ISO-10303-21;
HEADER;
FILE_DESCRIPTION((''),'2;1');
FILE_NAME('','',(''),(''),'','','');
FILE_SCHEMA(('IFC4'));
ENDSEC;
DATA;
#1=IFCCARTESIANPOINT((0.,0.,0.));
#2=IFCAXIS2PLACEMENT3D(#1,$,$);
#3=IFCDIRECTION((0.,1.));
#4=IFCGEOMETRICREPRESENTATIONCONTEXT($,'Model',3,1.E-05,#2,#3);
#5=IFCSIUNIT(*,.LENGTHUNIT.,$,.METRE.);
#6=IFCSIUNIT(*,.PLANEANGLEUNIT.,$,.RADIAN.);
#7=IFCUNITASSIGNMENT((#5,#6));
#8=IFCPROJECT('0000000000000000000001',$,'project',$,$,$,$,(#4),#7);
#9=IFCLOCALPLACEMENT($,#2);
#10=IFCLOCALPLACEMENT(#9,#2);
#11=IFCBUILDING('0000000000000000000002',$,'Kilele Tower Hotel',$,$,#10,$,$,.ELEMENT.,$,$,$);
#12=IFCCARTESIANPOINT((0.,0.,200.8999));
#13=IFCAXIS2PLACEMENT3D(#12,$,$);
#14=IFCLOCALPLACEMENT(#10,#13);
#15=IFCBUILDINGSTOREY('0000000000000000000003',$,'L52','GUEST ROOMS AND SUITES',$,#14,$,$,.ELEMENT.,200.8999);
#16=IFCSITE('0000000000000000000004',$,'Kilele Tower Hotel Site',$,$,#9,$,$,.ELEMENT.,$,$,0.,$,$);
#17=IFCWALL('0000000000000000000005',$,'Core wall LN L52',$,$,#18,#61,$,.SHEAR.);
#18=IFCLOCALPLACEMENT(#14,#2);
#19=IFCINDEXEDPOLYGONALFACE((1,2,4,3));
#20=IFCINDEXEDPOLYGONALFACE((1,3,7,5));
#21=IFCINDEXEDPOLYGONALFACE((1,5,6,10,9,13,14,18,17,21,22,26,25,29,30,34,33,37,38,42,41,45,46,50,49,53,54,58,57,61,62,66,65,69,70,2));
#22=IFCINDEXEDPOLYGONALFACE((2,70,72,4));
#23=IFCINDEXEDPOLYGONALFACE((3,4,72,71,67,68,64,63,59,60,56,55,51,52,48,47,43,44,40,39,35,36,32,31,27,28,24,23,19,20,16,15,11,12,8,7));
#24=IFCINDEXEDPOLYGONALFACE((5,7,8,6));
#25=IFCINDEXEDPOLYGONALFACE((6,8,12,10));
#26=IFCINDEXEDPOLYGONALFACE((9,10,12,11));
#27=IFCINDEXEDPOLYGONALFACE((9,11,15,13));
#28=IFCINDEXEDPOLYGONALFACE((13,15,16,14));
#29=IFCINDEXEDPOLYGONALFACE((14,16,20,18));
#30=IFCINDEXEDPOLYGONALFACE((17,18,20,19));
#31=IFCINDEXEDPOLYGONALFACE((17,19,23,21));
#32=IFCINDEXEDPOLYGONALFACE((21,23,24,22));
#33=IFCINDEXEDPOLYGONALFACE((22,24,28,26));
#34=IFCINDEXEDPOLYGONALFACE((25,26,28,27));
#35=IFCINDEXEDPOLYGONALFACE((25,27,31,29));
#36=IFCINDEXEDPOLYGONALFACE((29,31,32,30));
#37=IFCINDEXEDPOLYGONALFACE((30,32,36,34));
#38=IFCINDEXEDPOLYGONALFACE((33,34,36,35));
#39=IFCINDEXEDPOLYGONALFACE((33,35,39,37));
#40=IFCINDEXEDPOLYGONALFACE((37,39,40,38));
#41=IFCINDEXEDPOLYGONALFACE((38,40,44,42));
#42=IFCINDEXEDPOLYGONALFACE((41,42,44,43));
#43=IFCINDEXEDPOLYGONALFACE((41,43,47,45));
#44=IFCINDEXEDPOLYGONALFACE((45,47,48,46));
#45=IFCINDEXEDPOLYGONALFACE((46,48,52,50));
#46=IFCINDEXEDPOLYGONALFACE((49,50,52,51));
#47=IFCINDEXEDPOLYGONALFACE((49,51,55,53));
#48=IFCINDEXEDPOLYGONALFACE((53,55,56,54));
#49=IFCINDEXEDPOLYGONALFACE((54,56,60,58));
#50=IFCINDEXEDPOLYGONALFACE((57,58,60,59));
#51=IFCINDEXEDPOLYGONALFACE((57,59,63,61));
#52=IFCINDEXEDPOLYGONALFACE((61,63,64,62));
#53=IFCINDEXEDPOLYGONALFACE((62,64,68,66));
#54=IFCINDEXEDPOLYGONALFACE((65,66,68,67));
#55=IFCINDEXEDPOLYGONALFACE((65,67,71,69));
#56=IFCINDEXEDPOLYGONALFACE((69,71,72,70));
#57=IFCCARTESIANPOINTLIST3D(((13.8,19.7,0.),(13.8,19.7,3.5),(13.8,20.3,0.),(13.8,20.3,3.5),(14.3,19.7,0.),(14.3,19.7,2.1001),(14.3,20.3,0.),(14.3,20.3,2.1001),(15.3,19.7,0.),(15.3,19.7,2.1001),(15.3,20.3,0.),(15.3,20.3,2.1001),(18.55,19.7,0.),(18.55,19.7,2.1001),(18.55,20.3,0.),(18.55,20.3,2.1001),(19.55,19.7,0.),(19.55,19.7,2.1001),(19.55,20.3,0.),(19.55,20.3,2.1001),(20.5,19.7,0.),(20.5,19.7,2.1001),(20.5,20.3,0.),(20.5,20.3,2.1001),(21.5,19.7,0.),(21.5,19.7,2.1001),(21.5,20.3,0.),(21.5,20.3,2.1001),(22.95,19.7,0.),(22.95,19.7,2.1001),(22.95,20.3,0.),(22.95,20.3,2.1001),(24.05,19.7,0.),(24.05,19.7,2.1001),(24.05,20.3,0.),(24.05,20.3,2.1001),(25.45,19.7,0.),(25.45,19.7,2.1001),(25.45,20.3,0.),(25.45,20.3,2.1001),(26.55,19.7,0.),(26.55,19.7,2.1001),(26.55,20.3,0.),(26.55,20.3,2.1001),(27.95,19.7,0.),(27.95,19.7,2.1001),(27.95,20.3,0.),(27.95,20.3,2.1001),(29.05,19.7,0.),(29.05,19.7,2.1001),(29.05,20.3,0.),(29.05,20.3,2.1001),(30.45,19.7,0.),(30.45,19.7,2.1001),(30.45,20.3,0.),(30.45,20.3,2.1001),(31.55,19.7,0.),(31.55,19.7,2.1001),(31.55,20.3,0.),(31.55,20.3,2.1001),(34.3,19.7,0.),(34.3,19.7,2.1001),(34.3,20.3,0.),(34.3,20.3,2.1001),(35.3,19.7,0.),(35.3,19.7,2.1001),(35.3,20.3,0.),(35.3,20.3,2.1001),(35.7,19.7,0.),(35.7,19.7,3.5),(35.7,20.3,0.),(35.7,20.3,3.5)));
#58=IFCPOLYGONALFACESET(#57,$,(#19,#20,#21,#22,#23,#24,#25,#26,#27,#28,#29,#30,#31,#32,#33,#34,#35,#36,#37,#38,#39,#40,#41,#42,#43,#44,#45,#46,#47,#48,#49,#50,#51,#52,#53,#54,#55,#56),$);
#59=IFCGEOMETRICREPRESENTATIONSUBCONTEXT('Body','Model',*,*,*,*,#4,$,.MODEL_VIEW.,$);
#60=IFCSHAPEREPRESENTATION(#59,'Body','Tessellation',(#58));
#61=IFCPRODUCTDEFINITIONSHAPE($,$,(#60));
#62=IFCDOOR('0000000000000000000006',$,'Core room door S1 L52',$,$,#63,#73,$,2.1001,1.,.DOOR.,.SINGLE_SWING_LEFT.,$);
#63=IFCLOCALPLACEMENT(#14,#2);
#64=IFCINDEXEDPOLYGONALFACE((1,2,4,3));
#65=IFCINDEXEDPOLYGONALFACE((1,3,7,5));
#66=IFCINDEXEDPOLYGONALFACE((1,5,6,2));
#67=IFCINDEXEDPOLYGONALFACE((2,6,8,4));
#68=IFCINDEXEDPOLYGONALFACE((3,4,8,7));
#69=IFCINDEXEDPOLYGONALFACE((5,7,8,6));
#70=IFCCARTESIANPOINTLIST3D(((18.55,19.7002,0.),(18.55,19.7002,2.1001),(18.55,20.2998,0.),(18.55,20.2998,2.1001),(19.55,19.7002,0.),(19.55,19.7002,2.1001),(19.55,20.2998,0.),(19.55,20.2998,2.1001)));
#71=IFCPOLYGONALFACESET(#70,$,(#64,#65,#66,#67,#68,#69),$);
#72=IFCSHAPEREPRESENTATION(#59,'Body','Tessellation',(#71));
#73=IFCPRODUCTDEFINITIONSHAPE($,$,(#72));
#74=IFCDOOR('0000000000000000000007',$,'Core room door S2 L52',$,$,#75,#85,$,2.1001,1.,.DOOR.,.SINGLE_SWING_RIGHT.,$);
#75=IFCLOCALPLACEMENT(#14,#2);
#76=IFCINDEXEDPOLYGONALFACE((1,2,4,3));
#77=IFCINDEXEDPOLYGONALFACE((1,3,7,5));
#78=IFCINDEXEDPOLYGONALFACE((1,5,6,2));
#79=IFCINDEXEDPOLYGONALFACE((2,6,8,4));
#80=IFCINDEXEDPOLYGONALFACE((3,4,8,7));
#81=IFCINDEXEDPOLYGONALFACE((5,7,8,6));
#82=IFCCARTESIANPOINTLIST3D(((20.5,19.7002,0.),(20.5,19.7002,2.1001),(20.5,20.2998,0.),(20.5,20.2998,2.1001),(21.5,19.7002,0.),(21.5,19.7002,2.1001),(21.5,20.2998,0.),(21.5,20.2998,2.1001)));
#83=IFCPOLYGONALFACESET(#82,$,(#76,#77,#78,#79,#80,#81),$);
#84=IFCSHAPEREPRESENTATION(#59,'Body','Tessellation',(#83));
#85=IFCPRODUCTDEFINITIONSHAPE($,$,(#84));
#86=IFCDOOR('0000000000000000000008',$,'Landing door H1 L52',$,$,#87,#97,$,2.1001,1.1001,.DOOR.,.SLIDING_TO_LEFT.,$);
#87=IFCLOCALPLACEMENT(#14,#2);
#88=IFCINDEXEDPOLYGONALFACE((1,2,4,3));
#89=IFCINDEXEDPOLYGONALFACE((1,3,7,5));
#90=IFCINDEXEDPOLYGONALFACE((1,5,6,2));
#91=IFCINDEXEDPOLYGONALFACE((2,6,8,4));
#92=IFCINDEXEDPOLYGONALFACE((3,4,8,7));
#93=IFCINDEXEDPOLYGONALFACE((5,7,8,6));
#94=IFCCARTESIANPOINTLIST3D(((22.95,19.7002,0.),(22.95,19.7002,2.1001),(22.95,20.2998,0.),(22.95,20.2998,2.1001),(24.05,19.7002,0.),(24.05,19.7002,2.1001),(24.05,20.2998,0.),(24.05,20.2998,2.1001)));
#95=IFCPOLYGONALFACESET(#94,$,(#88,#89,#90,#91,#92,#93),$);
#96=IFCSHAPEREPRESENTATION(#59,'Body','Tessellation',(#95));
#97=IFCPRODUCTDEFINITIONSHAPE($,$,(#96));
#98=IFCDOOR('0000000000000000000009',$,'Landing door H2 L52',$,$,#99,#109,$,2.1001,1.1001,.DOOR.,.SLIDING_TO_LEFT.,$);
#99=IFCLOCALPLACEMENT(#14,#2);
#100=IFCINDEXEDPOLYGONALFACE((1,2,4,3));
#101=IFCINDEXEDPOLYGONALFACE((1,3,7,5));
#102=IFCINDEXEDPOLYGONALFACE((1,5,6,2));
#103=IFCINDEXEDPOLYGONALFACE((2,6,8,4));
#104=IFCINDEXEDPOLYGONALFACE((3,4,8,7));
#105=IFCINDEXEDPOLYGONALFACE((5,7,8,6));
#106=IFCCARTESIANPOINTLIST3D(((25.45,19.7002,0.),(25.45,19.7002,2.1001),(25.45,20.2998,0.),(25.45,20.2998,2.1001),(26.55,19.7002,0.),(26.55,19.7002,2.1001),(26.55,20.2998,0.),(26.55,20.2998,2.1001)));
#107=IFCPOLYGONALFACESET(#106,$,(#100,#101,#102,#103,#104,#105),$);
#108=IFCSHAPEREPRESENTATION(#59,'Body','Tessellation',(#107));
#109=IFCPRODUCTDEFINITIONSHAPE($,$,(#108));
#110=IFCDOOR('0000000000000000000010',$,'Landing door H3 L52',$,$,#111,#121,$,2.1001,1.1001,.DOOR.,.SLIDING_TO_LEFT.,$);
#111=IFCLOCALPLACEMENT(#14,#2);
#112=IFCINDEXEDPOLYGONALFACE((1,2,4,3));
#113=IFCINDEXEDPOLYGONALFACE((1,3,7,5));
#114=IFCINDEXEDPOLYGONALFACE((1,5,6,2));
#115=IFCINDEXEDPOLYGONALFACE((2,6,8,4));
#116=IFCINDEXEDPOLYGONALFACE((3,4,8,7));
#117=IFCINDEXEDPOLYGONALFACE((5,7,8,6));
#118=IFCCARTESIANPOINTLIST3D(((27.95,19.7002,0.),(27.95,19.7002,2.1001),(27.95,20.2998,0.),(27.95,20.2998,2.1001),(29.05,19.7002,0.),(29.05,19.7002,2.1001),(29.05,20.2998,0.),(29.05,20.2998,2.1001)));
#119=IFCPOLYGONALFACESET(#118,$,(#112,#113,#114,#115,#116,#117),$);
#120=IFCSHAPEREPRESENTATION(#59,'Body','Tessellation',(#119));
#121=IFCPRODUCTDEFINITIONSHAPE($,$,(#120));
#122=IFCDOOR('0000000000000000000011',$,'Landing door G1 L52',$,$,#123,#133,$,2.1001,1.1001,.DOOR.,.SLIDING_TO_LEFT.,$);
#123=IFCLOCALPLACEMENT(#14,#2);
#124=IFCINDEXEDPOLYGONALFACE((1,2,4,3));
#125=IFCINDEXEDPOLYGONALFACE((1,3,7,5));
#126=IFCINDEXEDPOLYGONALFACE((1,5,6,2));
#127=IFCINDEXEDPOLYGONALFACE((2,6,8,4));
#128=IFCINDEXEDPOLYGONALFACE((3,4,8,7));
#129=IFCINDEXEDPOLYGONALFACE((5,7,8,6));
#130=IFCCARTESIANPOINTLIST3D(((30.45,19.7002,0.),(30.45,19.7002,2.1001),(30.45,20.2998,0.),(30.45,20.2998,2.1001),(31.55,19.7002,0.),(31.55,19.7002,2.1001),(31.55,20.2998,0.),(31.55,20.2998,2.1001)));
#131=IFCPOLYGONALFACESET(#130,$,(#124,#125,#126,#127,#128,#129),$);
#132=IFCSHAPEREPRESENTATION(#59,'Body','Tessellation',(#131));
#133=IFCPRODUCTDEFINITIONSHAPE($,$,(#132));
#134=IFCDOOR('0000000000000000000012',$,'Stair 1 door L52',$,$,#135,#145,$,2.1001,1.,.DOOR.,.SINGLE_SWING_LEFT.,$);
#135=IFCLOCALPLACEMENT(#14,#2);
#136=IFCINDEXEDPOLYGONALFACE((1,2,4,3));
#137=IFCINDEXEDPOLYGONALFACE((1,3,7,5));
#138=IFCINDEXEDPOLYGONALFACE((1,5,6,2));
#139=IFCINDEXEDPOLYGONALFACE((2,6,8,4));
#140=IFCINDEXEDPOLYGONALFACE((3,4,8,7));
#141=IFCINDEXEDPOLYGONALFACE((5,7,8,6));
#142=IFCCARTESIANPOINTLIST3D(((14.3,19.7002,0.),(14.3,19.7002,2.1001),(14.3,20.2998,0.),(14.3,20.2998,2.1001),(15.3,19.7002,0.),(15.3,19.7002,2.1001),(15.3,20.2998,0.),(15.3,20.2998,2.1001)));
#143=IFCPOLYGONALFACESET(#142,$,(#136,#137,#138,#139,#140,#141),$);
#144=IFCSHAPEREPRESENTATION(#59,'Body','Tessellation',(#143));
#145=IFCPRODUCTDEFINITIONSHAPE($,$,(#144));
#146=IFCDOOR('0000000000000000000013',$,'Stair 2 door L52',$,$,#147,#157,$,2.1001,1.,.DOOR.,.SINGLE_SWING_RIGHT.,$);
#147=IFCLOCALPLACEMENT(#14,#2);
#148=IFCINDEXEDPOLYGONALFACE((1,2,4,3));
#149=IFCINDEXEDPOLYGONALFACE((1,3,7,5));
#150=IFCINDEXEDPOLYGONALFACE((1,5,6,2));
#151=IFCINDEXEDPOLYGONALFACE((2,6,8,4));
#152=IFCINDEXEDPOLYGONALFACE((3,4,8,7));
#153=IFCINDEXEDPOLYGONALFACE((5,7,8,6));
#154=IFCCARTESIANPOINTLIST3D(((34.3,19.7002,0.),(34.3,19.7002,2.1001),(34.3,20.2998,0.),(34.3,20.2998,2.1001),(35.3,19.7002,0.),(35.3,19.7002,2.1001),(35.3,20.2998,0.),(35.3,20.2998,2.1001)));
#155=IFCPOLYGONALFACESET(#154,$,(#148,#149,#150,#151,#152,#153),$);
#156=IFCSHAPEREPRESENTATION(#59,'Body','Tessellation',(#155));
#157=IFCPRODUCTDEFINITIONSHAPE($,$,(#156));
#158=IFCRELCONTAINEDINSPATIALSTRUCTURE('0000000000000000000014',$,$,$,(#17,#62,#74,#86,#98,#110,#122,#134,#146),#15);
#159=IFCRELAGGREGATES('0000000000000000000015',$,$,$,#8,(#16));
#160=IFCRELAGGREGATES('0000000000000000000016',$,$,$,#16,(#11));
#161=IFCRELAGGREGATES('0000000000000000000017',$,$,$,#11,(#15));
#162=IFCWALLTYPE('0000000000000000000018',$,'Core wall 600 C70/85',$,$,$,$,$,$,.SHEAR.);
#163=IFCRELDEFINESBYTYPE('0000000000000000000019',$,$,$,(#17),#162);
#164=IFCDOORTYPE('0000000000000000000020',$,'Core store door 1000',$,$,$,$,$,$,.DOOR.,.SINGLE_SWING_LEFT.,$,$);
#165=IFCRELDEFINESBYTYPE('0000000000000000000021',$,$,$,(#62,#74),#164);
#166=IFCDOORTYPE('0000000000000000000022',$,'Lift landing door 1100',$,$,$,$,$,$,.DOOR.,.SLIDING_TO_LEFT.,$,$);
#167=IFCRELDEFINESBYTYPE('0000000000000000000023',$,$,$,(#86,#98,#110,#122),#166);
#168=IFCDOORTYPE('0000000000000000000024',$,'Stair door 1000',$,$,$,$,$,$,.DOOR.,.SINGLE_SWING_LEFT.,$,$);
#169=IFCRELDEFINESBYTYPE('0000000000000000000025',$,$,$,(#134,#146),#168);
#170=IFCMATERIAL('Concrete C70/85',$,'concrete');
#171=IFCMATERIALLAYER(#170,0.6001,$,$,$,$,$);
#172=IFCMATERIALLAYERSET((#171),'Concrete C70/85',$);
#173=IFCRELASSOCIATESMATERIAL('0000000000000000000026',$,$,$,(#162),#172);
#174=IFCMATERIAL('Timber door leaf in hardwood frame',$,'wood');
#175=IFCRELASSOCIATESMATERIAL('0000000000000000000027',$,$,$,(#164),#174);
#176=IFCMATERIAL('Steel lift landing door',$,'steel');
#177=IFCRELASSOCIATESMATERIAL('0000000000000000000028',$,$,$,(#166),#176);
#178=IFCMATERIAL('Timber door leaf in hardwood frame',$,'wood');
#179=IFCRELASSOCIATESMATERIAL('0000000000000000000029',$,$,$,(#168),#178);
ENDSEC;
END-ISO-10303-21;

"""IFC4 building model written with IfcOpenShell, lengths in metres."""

from ifc_helpers import new_model, si_unit, direction, frame, frame_2d, origin, place, context, subcontext, project, spatial, rectangle, extrude, material, layer, layer_set, type_object, element, fill, save


model = new_model("IFC4")

# Units and contexts
model_context = context("Model", 3, precision=1e-05, world=origin(), true_north=direction((0.0, 1.0)))
body_context = subcontext(model_context, "Body", "Model", "MODEL_VIEW")
ifc_project = project(units=[si_unit("LENGTHUNIT", "METRE"), si_unit("PLANEANGLEUNIT", "RADIAN")], contexts=[model_context])

# Site, building, storey
site_placement = place(None, origin())
site = spatial("IfcSite", under=ifc_project, at=site_placement, Name="Kilele Tower Hotel Site", CompositionType="ELEMENT", RefElevation=0.0)
building_placement = place(site_placement, origin())
building = spatial("IfcBuilding", under=site, at=building_placement, Name="Kilele Tower Hotel", CompositionType="ELEMENT")
storey_placement = place(building_placement, frame((0.0, 0.0, 200.8999)))
storey = spatial("IfcBuildingStorey", under=building, at=storey_placement, Name="L52", Description="GUEST ROOMS AND SUITES", CompositionType="ELEMENT", Elevation=200.8999)

# Wall, openings, doors
ifc_material_1 = material(Name="Concrete C70/85", Category="concrete")
ifc_layer_1 = layer(ifc_material_1, 0.6001)
ifc_layer_set_1 = layer_set([ifc_layer_1], Name="Concrete C70/85")
wall_type_1 = type_object("IfcWallType", Name="Core wall 600 C70/85", PredefinedType="SHEAR", material=ifc_layer_set_1)
wall_1_placement = place(storey_placement, frame((13.8, 20.0, 0.0), z_axis=(0.0, 0.0, 1.0), x_axis=(1.0, 0.0, 0.0)))
wall_1 = element("IfcWall", 1, at=wall_1_placement, inside=storey, type_object=wall_type_1, Name="Core wall LN L52", PredefinedType="SHEAR", context=body_context, shape_type="SweptSolid", body=[
    extrude(rectangle(XDim=21.8999, YDim=0.6001, at=frame_2d((10.95, 0.0))), origin(), (0.0, 0.0, 1.0), 3.5),
])
opening_1_placement = place(wall_1_placement, frame((0.5, 0.0, 0.0)))
opening_1 = element("IfcOpeningElement", 2, at=opening_1_placement, cuts=wall_1, PredefinedType="OPENING", context=body_context, shape_type="SweptSolid", body=[
    extrude(rectangle(XDim=1.0, YDim=2.1001, at=frame_2d((0.5, 1.05))), frame((0.0, 0.3101, 0.0), z_axis=(0.0, -1.0, 0.0), x_axis=(1.0, 0.0, 0.0)), (0.0, 0.0, 1.0), 0.6201),
])
opening_2_placement = place(wall_1_placement, frame((20.5, 0.0, 0.0)))
opening_2 = element("IfcOpeningElement", 3, at=opening_2_placement, cuts=wall_1, PredefinedType="OPENING", context=body_context, shape_type="SweptSolid", body=[
    extrude(rectangle(XDim=1.0, YDim=2.1001, at=frame_2d((0.5, 1.05))), frame((0.0, 0.3101, 0.0), z_axis=(0.0, -1.0, 0.0), x_axis=(1.0, 0.0, 0.0)), (0.0, 0.0, 1.0), 0.6201),
])
opening_3_placement = place(wall_1_placement, frame((9.1499, 0.0, 0.0)))
opening_3 = element("IfcOpeningElement", 4, at=opening_3_placement, cuts=wall_1, PredefinedType="OPENING", context=body_context, shape_type="SweptSolid", body=[
    extrude(rectangle(XDim=1.1001, YDim=2.1001, at=frame_2d((0.55, 1.05))), frame((0.0, 0.3101, 0.0), z_axis=(0.0, -1.0, 0.0), x_axis=(1.0, 0.0, 0.0)), (0.0, 0.0, 1.0), 0.6201),
])
opening_4_placement = place(wall_1_placement, frame((11.6499, 0.0, 0.0)))
opening_4 = element("IfcOpeningElement", 5, at=opening_4_placement, cuts=wall_1, PredefinedType="OPENING", context=body_context, shape_type="SweptSolid", body=[
    extrude(rectangle(XDim=1.1001, YDim=2.1001, at=frame_2d((0.55, 1.05))), frame((0.0, 0.3101, 0.0), z_axis=(0.0, -1.0, 0.0), x_axis=(1.0, 0.0, 0.0)), (0.0, 0.0, 1.0), 0.6201),
])
opening_5_placement = place(wall_1_placement, frame((14.1499, 0.0, 0.0)))
opening_5 = element("IfcOpeningElement", 6, at=opening_5_placement, cuts=wall_1, PredefinedType="OPENING", context=body_context, shape_type="SweptSolid", body=[
    extrude(rectangle(XDim=1.1001, YDim=2.1001, at=frame_2d((0.55, 1.05))), frame((0.0, 0.3101, 0.0), z_axis=(0.0, -1.0, 0.0), x_axis=(1.0, 0.0, 0.0)), (0.0, 0.0, 1.0), 0.6201),
])
opening_6_placement = place(wall_1_placement, frame((16.6499, 0.0, 0.0)))
opening_6 = element("IfcOpeningElement", 7, at=opening_6_placement, cuts=wall_1, PredefinedType="OPENING", context=body_context, shape_type="SweptSolid", body=[
    extrude(rectangle(XDim=1.1001, YDim=2.1001, at=frame_2d((0.55, 1.05))), frame((0.0, 0.3101, 0.0), z_axis=(0.0, -1.0, 0.0), x_axis=(1.0, 0.0, 0.0)), (0.0, 0.0, 1.0), 0.6201),
])
opening_7_placement = place(wall_1_placement, frame((4.75, 0.0, 0.0)))
opening_7 = element("IfcOpeningElement", 8, at=opening_7_placement, cuts=wall_1, PredefinedType="OPENING", context=body_context, shape_type="SweptSolid", body=[
    extrude(rectangle(XDim=1.0, YDim=2.1001, at=frame_2d((0.5, 1.05))), frame((0.0, 0.3101, 0.0), z_axis=(0.0, -1.0, 0.0), x_axis=(1.0, 0.0, 0.0)), (0.0, 0.0, 1.0), 0.6201),
])
opening_8_placement = place(wall_1_placement, frame((6.7, 0.0, 0.0)))
opening_8 = element("IfcOpeningElement", 9, at=opening_8_placement, cuts=wall_1, PredefinedType="OPENING", context=body_context, shape_type="SweptSolid", body=[
    extrude(rectangle(XDim=1.0, YDim=2.1001, at=frame_2d((0.5, 1.05))), frame((0.0, 0.3101, 0.0), z_axis=(0.0, -1.0, 0.0), x_axis=(1.0, 0.0, 0.0)), (0.0, 0.0, 1.0), 0.6201),
])
ifc_material_2 = material(Name="Timber door leaf in hardwood frame", Category="wood")
door_type_1 = type_object("IfcDoorType", Name="Core store door 1000", OperationType="SINGLE_SWING_LEFT", PredefinedType="DOOR", material=ifc_material_2)
door_1_placement = place(opening_7_placement, origin())
door_1 = element("IfcDoor", 10, at=door_1_placement, inside=storey, type_object=door_type_1, Name="Core room door S1 L52", OperationType="SINGLE_SWING_LEFT", OverallHeight=2.1001, OverallWidth=1.0, PredefinedType="DOOR", context=body_context, shape_type="SweptSolid", body=[
    extrude(rectangle(XDim=1.0, YDim=2.1001, at=frame_2d((0.5, 1.05))), frame((0.0, 0.2998, 0.0), z_axis=(0.0, -1.0, 0.0), x_axis=(1.0, 0.0, 0.0)), (0.0, 0.0, 1.0), 0.5996),
])
fill(opening_7, door_1)
door_2_placement = place(opening_8_placement, origin())
door_2 = element("IfcDoor", 11, at=door_2_placement, inside=storey, type_object=door_type_1, Name="Core room door S2 L52", OperationType="SINGLE_SWING_RIGHT", OverallHeight=2.1001, OverallWidth=1.0, PredefinedType="DOOR", context=body_context, shape_type="SweptSolid", body=[
    extrude(rectangle(XDim=1.0, YDim=2.1001, at=frame_2d((0.5, 1.05))), frame((0.0, 0.2998, 0.0), z_axis=(0.0, -1.0, 0.0), x_axis=(1.0, 0.0, 0.0)), (0.0, 0.0, 1.0), 0.5996),
])
fill(opening_8, door_2)
ifc_material_3 = material(Name="Steel lift landing door", Category="steel")
door_type_2 = type_object("IfcDoorType", Name="Lift landing door 1100", OperationType="SLIDING_TO_LEFT", PredefinedType="DOOR", material=ifc_material_3)
door_3_placement = place(opening_3_placement, origin())
door_3 = element("IfcDoor", 12, at=door_3_placement, inside=storey, type_object=door_type_2, Name="Landing door H1 L52", OperationType="SLIDING_TO_LEFT", OverallHeight=2.1001, OverallWidth=1.1001, PredefinedType="DOOR", context=body_context, shape_type="SweptSolid", body=[
    extrude(rectangle(XDim=1.1001, YDim=2.1001, at=frame_2d((0.55, 1.05))), frame((0.0, 0.2998, 0.0), z_axis=(0.0, -1.0, 0.0), x_axis=(1.0, 0.0, 0.0)), (0.0, 0.0, 1.0), 0.5996),
])
fill(opening_3, door_3)
door_4_placement = place(opening_4_placement, origin())
door_4 = element("IfcDoor", 13, at=door_4_placement, inside=storey, type_object=door_type_2, Name="Landing door H2 L52", OperationType="SLIDING_TO_LEFT", OverallHeight=2.1001, OverallWidth=1.1001, PredefinedType="DOOR", context=body_context, shape_type="SweptSolid", body=[
    extrude(rectangle(XDim=1.1001, YDim=2.1001, at=frame_2d((0.55, 1.05))), frame((0.0, 0.2998, 0.0), z_axis=(0.0, -1.0, 0.0), x_axis=(1.0, 0.0, 0.0)), (0.0, 0.0, 1.0), 0.5996),
])
fill(opening_4, door_4)
door_5_placement = place(opening_5_placement, origin())
door_5 = element("IfcDoor", 14, at=door_5_placement, inside=storey, type_object=door_type_2, Name="Landing door H3 L52", OperationType="SLIDING_TO_LEFT", OverallHeight=2.1001, OverallWidth=1.1001, PredefinedType="DOOR", context=body_context, shape_type="SweptSolid", body=[
    extrude(rectangle(XDim=1.1001, YDim=2.1001, at=frame_2d((0.55, 1.05))), frame((0.0, 0.2998, 0.0), z_axis=(0.0, -1.0, 0.0), x_axis=(1.0, 0.0, 0.0)), (0.0, 0.0, 1.0), 0.5996),
])
fill(opening_5, door_5)
door_6_placement = place(opening_6_placement, origin())
door_6 = element("IfcDoor", 15, at=door_6_placement, inside=storey, type_object=door_type_2, Name="Landing door G1 L52", OperationType="SLIDING_TO_LEFT", OverallHeight=2.1001, OverallWidth=1.1001, PredefinedType="DOOR", context=body_context, shape_type="SweptSolid", body=[
    extrude(rectangle(XDim=1.1001, YDim=2.1001, at=frame_2d((0.55, 1.05))), frame((0.0, 0.2998, 0.0), z_axis=(0.0, -1.0, 0.0), x_axis=(1.0, 0.0, 0.0)), (0.0, 0.0, 1.0), 0.5996),
])
fill(opening_6, door_6)
ifc_material_4 = material(Name="Timber door leaf in hardwood frame", Category="wood")
door_type_3 = type_object("IfcDoorType", Name="Stair door 1000", OperationType="SINGLE_SWING_LEFT", PredefinedType="DOOR", material=ifc_material_4)
door_7_placement = place(opening_1_placement, origin())
door_7 = element("IfcDoor", 16, at=door_7_placement, inside=storey, type_object=door_type_3, Name="Stair 1 door L52", OperationType="SINGLE_SWING_LEFT", OverallHeight=2.1001, OverallWidth=1.0, PredefinedType="DOOR", context=body_context, shape_type="SweptSolid", body=[
    extrude(rectangle(XDim=1.0, YDim=2.1001, at=frame_2d((0.5, 1.05))), frame((0.0, 0.2998, 0.0), z_axis=(0.0, -1.0, 0.0), x_axis=(1.0, 0.0, 0.0)), (0.0, 0.0, 1.0), 0.5996),
])
fill(opening_1, door_7)
door_8_placement = place(opening_2_placement, origin())
door_8 = element("IfcDoor", 17, at=door_8_placement, inside=storey, type_object=door_type_3, Name="Stair 2 door L52", OperationType="SINGLE_SWING_RIGHT", OverallHeight=2.1001, OverallWidth=1.0, PredefinedType="DOOR", context=body_context, shape_type="SweptSolid", body=[
    extrude(rectangle(XDim=1.0, YDim=2.1001, at=frame_2d((0.5, 1.05))), frame((0.0, 0.2998, 0.0), z_axis=(0.0, -1.0, 0.0), x_axis=(1.0, 0.0, 0.0)), (0.0, 0.0, 1.0), 0.5996),
])
fill(opening_2, door_8)

save(model, "model.ifc")
